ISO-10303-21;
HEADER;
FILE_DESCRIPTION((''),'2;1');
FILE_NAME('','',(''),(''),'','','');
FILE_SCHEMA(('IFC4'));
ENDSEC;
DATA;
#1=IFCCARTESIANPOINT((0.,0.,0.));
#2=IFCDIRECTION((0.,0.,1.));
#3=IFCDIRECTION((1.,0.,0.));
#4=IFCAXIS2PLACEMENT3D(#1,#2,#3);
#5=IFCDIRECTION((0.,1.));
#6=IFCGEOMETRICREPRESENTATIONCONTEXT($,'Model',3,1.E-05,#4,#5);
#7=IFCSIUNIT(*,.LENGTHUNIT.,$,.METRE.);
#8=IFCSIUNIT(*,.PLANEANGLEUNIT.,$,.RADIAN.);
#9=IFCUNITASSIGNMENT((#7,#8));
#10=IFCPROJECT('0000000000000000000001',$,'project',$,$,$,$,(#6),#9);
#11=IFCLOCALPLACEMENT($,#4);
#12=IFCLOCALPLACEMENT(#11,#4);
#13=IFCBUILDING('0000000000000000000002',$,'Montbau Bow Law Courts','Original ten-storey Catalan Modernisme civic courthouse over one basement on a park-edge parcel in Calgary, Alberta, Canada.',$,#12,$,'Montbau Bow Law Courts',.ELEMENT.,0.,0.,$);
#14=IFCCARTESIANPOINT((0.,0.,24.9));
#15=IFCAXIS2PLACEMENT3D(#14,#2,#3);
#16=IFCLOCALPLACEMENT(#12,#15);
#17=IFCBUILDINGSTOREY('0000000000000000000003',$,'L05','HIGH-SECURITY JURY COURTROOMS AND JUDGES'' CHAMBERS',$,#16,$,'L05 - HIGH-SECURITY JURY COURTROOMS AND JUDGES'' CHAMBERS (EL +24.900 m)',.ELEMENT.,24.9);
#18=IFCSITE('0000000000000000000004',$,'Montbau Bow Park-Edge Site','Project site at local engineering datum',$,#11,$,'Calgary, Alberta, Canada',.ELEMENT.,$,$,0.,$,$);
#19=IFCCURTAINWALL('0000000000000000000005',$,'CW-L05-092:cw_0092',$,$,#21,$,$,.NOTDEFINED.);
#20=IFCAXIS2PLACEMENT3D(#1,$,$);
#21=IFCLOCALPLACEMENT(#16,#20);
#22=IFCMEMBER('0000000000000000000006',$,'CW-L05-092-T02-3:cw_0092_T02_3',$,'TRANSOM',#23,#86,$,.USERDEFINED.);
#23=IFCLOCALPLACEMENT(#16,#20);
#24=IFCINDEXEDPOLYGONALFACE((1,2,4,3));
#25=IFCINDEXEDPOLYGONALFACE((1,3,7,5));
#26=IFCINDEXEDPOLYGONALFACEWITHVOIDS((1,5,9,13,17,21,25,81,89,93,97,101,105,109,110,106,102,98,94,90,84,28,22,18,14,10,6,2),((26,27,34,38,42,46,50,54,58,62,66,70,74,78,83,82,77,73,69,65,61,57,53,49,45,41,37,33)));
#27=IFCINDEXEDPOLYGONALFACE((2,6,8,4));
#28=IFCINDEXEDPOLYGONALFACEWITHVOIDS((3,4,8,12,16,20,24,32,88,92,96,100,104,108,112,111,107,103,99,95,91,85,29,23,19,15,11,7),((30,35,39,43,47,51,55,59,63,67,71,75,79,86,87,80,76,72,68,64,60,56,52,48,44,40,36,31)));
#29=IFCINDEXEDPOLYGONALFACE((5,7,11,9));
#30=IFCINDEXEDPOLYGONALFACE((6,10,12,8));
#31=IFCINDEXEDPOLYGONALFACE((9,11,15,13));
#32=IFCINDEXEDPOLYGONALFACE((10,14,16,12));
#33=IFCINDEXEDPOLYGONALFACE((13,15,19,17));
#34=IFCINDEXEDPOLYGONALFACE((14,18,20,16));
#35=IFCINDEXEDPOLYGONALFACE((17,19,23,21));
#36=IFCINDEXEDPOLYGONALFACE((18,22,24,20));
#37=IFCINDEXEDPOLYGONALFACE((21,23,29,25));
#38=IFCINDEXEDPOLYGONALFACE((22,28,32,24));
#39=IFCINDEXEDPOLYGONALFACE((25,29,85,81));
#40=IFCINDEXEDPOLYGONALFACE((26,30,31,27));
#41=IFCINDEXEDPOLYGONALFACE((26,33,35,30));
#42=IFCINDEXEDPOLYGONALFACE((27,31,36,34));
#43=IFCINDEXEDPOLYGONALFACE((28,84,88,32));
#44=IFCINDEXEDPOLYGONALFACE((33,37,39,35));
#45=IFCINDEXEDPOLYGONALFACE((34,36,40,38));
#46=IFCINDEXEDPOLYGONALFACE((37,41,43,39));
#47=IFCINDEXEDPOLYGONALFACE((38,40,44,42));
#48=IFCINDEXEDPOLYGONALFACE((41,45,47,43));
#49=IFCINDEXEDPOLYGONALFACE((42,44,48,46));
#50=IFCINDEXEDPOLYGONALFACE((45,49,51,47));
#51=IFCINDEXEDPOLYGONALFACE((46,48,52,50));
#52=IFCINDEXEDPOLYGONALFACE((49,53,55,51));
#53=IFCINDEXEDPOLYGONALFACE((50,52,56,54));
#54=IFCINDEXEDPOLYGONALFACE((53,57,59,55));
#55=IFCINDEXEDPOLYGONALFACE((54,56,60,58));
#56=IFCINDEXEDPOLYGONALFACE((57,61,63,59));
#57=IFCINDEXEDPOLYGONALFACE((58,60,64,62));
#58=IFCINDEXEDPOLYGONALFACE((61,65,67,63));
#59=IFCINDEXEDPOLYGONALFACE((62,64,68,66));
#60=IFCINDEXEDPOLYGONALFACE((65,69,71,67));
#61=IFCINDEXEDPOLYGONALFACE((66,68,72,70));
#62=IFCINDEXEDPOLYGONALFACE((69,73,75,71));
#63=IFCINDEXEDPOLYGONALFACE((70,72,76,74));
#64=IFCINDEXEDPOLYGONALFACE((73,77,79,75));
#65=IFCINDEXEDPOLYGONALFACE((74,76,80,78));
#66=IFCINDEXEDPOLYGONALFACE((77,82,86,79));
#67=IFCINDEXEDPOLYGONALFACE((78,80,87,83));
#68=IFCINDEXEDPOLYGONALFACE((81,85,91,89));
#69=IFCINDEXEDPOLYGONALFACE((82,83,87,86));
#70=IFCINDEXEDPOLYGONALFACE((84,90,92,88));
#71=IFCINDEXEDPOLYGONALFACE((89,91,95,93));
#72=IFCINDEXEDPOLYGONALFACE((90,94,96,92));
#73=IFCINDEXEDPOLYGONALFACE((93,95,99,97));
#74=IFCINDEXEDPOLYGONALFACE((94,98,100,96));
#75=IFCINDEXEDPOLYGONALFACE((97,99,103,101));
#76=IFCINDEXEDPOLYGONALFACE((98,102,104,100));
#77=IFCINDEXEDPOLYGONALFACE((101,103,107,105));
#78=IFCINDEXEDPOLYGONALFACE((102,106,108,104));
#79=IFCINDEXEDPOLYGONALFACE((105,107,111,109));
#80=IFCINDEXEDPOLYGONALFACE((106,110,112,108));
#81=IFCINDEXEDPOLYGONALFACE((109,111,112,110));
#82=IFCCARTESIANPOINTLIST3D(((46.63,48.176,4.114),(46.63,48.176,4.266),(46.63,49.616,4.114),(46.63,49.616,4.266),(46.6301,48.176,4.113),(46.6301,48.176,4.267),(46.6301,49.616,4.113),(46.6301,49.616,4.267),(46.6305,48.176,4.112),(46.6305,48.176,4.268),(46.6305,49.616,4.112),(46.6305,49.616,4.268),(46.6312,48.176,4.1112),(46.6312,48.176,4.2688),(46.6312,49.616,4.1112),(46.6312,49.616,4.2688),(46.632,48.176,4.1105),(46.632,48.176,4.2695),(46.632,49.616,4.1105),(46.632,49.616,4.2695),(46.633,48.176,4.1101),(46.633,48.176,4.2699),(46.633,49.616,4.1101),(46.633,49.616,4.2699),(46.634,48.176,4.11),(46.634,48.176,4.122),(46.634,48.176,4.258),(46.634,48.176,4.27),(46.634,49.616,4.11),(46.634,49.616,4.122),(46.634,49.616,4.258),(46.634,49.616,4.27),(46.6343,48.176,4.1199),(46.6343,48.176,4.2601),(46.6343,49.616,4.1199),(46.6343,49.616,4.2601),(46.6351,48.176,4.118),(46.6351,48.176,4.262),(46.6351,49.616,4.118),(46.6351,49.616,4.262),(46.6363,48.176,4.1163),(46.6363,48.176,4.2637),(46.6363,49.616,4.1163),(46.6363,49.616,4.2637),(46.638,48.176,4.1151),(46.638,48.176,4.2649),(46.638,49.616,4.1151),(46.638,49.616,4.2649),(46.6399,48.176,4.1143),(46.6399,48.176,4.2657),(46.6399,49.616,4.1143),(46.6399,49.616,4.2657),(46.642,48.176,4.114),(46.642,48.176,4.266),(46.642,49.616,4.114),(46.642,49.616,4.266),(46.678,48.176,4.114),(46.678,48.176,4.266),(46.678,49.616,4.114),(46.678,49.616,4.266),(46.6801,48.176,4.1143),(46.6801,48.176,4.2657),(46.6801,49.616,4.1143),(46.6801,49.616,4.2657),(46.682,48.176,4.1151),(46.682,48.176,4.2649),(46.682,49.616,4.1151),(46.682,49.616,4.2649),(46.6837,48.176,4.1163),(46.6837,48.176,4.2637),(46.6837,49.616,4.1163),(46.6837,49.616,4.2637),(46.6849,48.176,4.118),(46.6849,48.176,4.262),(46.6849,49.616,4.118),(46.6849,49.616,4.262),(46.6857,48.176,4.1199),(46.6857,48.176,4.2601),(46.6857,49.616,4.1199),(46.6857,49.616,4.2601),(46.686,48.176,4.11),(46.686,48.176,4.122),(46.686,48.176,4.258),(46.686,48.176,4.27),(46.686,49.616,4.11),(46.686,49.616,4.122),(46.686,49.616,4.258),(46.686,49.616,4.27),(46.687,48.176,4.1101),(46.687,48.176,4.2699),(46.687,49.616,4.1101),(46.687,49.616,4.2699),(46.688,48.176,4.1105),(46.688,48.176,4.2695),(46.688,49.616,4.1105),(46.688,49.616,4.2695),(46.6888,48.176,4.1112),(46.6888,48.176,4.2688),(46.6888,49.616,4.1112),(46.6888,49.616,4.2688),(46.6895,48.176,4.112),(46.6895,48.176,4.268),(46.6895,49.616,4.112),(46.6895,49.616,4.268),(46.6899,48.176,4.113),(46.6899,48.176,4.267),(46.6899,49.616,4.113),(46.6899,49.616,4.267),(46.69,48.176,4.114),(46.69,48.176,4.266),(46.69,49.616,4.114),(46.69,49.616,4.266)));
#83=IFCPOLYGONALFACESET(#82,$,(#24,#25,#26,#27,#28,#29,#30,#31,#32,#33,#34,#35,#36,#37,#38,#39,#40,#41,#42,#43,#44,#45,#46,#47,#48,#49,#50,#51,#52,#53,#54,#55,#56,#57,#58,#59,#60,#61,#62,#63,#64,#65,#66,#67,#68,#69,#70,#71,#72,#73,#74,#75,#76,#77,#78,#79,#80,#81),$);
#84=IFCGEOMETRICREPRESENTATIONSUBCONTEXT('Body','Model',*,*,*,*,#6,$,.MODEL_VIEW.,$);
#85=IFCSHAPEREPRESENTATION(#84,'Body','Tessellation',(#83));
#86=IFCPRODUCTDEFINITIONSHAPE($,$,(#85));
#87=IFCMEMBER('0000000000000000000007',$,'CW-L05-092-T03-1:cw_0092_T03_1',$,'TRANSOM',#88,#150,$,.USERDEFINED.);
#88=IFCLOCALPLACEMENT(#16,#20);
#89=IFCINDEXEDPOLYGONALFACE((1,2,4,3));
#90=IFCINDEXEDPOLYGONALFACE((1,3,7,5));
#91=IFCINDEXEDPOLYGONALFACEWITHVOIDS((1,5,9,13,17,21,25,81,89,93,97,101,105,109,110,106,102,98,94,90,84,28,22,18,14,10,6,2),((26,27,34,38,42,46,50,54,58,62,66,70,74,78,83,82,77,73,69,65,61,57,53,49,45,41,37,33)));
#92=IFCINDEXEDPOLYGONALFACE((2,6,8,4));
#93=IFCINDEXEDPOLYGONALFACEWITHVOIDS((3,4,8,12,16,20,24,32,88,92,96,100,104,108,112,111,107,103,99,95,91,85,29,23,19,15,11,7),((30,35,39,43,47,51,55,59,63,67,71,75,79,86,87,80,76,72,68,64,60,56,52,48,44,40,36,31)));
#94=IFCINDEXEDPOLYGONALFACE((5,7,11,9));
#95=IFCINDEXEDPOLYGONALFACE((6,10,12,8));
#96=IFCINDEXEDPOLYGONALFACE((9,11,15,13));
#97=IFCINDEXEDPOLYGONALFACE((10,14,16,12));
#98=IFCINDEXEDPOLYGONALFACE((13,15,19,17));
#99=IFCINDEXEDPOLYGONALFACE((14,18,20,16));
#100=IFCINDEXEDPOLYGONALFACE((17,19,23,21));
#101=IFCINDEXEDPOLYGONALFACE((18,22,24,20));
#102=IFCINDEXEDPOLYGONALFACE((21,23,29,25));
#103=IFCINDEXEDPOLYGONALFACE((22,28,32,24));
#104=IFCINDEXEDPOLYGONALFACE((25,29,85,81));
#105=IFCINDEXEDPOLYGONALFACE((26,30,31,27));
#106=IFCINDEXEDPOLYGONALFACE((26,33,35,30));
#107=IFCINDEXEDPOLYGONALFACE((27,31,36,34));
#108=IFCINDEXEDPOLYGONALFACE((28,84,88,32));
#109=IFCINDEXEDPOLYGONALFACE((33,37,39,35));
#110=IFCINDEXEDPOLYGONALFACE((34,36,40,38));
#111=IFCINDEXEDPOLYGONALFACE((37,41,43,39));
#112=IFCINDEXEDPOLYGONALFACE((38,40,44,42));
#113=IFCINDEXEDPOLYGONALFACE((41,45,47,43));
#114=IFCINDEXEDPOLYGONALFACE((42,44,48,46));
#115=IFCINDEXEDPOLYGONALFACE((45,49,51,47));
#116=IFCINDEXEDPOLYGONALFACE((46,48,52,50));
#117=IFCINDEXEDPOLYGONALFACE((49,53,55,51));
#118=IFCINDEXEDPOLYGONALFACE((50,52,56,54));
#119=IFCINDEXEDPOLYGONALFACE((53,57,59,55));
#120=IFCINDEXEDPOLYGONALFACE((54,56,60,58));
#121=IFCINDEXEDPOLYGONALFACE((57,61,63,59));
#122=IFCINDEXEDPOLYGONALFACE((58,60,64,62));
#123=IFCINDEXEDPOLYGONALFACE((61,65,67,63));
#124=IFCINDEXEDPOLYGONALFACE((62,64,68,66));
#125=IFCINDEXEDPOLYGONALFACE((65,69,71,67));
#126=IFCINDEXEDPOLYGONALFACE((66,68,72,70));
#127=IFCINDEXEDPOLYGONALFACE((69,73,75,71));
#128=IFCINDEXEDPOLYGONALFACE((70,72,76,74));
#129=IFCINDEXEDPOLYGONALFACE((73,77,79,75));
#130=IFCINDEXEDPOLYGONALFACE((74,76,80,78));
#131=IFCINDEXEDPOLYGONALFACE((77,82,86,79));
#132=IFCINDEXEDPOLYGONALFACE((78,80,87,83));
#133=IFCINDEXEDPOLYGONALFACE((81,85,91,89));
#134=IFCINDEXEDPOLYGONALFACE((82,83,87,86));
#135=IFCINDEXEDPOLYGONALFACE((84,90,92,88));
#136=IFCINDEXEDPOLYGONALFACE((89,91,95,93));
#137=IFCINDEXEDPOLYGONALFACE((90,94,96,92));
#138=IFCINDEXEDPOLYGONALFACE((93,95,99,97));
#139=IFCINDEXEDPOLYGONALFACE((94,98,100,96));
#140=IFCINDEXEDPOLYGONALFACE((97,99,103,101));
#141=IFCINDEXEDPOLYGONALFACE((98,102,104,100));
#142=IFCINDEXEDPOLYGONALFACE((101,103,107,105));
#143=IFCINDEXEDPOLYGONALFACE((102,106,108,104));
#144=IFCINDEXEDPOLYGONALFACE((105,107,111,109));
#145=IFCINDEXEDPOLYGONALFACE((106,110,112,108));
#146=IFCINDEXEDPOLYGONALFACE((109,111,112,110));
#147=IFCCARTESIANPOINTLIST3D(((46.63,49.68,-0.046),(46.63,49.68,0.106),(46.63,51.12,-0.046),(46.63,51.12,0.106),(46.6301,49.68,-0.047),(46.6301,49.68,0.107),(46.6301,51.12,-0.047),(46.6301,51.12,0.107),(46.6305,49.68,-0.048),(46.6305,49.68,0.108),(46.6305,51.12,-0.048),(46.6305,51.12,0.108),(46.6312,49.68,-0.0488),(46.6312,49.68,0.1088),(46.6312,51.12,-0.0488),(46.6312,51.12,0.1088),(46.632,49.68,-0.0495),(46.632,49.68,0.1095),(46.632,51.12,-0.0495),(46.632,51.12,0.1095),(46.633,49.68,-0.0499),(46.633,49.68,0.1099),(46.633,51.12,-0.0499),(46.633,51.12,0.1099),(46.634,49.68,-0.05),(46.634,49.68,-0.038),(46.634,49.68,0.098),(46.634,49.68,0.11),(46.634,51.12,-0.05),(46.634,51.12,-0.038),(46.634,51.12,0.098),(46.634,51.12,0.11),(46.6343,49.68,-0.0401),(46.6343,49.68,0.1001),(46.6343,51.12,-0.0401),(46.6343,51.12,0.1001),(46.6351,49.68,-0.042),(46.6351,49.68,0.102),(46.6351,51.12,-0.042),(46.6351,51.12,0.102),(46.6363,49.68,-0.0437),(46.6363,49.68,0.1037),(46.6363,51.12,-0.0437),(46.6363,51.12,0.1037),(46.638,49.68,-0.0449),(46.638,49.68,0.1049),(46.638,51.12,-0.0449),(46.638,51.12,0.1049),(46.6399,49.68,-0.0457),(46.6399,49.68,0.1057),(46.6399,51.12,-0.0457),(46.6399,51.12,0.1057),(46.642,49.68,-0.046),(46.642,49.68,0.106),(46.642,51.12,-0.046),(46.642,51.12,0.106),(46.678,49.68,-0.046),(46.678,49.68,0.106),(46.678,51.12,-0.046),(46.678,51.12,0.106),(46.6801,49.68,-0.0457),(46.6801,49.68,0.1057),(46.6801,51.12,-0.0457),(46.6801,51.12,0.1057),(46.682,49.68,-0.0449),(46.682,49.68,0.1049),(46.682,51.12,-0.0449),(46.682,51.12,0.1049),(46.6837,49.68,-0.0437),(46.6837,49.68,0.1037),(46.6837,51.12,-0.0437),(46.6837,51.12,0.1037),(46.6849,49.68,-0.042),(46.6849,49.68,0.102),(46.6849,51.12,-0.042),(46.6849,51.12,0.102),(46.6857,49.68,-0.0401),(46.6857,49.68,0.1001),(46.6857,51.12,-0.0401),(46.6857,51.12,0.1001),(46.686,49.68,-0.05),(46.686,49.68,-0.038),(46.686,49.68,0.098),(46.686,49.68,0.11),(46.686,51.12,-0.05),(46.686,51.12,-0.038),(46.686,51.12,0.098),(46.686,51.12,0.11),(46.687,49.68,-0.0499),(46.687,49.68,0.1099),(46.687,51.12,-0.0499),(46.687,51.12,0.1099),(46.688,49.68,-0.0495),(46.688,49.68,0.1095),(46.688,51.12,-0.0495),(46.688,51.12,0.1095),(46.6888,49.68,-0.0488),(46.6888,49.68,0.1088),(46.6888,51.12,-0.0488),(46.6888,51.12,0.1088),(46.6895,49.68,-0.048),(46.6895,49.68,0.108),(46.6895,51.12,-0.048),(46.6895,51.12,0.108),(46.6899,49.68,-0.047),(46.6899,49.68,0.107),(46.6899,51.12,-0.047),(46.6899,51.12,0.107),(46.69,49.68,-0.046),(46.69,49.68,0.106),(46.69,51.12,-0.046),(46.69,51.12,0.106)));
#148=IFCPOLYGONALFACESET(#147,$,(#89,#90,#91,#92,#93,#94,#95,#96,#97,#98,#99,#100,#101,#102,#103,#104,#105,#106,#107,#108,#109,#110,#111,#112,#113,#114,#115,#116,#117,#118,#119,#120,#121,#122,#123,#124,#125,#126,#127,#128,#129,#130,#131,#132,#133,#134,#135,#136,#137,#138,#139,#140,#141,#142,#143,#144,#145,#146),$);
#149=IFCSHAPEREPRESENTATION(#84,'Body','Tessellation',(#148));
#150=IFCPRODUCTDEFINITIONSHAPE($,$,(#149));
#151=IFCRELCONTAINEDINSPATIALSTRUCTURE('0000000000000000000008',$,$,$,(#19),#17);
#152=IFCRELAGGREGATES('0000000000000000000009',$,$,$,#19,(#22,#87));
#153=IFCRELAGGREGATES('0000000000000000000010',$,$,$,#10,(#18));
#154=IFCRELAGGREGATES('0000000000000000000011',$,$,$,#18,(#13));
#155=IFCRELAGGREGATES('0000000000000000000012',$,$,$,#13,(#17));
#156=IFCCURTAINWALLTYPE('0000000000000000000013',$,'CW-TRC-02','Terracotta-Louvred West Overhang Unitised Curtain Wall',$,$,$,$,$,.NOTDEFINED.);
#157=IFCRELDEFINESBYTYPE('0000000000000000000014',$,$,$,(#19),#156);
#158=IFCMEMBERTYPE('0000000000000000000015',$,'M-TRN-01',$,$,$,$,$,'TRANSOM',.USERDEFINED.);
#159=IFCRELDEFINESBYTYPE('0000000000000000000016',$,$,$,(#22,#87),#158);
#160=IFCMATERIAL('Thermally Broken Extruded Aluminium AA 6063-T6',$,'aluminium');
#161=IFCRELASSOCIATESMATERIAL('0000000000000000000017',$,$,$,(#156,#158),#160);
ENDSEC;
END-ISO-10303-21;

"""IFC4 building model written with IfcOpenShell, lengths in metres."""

from ifc_helpers import new_model, si_unit, direction, frame, origin_with_axes, origin_2d_with_axis, place, context, subcontext, project, spatial, hollow_rectangle, extrude, material, material_profile, profile_set, type_object, element, aggregate, save


model = new_model("IFC4")

# Units and contexts
model_context = context("Model", 3, precision=1e-05, world=origin_with_axes(), true_north=direction((0.0, 1.0)))
body_context = subcontext(model_context, "Body", "Model", "MODEL_VIEW")
ifc_project = project(units=[si_unit("LENGTHUNIT", "METRE"), si_unit("PLANEANGLEUNIT", "RADIAN")], contexts=[model_context])

# Site, building, storey
site_placement = place(None, origin_with_axes())
site = spatial("IfcSite", under=ifc_project, at=site_placement, Name="Montbau Bow Park-Edge Site", Description="Project site at local engineering datum", LongName="Calgary, Alberta, Canada", CompositionType="ELEMENT", RefElevation=0.0)
building_placement = place(site_placement, origin_with_axes())
building = spatial("IfcBuilding", under=site, at=building_placement, Name="Montbau Bow Law Courts", Description="Original ten-storey Catalan Modernisme civic courthouse over one basement on a park-edge parcel in Calgary, Alberta, Canada.", LongName="Montbau Bow Law Courts", CompositionType="ELEMENT", ElevationOfRefHeight=0.0, ElevationOfTerrain=0.0)
storey_placement = place(building_placement, frame((0.0, 0.0, 24.9), z_axis=(0.0, 0.0, 1.0), x_axis=(1.0, 0.0, 0.0)))
storey = spatial("IfcBuildingStorey", under=building, at=storey_placement, Name="L05", Description="HIGH-SECURITY JURY COURTROOMS AND JUDGES' CHAMBERS", LongName="L05 - HIGH-SECURITY JURY COURTROOMS AND JUDGES' CHAMBERS (EL +24.900 m)", CompositionType="ELEMENT", Elevation=24.9)

# Curtain wall, members
ifc_material_1 = material(Name="Thermally Broken Extruded Aluminium AA 6063-T6", Category="aluminium")
curtain_wall_type = type_object("IfcCurtainWallType", Name="CW-TRC-02", Description="Terracotta-Louvred West Overhang Unitised Curtain Wall", PredefinedType="NOTDEFINED", material=ifc_material_1)
curtain_wall_placement = place(None, frame((46.66, 46.64, 24.9), z_axis=(0.0, 0.0, 1.0), x_axis=(1.0, 0.0, 0.0)))
curtain_wall = element("IfcCurtainWall", 1, at=curtain_wall_placement, inside=storey, type_object=curtain_wall_type, Name="CW-L05-092:cw_0092", PredefinedType="NOTDEFINED")
ifc_material_profile_1 = material_profile(ifc_material_1, hollow_rectangle(XDim=0.06, YDim=0.16, WallThickness=0.004, InnerFilletRadius=0.008, OuterFilletRadius=0.004, at=origin_2d_with_axis()), Name="CWT-160X60", Category="Main", Priority=0)
ifc_profile_set_1 = profile_set([ifc_material_profile_1], Name="Thermally Broken Extruded Aluminium AA 6063-T6")
member_type_1 = type_object("IfcMemberType", Name="M-TRN-01", ElementType="TRANSOM", PredefinedType="USERDEFINED", material=ifc_profile_set_1)
member_1_placement = place(None, frame((46.66, 48.176, 29.09), z_axis=(0.0, 1.0, 0.0), x_axis=(-1.0, 0.0, 0.0)))
member_1 = element("IfcMember", 2, at=member_1_placement, type_object=member_type_1, Name="CW-L05-092-T02-3:cw_0092_T02_3", ObjectType="TRANSOM", PredefinedType="USERDEFINED", context=body_context, shape_type="SweptSolid", body=[
    extrude(hollow_rectangle(XDim=0.06, YDim=0.16, WallThickness=0.004, InnerFilletRadius=0.008, OuterFilletRadius=0.004, at=origin_2d_with_axis()), origin_with_axes(), (0.0, 0.0, 1.0), 1.44),
])
member_2_placement = place(None, frame((46.66, 49.68, 24.93), z_axis=(0.0, 1.0, 0.0), x_axis=(-1.0, 0.0, 0.0)))
member_2 = element("IfcMember", 3, at=member_2_placement, type_object=member_type_1, Name="CW-L05-092-T03-1:cw_0092_T03_1", ObjectType="TRANSOM", PredefinedType="USERDEFINED", context=body_context, shape_type="SweptSolid", body=[
    extrude(hollow_rectangle(XDim=0.06, YDim=0.16, WallThickness=0.004, InnerFilletRadius=0.008, OuterFilletRadius=0.004, at=origin_2d_with_axis()), origin_with_axes(), (0.0, 0.0, 1.0), 1.44),
])
aggregate(curtain_wall, [member_1, member_2])

save(model, "model.ifc")
